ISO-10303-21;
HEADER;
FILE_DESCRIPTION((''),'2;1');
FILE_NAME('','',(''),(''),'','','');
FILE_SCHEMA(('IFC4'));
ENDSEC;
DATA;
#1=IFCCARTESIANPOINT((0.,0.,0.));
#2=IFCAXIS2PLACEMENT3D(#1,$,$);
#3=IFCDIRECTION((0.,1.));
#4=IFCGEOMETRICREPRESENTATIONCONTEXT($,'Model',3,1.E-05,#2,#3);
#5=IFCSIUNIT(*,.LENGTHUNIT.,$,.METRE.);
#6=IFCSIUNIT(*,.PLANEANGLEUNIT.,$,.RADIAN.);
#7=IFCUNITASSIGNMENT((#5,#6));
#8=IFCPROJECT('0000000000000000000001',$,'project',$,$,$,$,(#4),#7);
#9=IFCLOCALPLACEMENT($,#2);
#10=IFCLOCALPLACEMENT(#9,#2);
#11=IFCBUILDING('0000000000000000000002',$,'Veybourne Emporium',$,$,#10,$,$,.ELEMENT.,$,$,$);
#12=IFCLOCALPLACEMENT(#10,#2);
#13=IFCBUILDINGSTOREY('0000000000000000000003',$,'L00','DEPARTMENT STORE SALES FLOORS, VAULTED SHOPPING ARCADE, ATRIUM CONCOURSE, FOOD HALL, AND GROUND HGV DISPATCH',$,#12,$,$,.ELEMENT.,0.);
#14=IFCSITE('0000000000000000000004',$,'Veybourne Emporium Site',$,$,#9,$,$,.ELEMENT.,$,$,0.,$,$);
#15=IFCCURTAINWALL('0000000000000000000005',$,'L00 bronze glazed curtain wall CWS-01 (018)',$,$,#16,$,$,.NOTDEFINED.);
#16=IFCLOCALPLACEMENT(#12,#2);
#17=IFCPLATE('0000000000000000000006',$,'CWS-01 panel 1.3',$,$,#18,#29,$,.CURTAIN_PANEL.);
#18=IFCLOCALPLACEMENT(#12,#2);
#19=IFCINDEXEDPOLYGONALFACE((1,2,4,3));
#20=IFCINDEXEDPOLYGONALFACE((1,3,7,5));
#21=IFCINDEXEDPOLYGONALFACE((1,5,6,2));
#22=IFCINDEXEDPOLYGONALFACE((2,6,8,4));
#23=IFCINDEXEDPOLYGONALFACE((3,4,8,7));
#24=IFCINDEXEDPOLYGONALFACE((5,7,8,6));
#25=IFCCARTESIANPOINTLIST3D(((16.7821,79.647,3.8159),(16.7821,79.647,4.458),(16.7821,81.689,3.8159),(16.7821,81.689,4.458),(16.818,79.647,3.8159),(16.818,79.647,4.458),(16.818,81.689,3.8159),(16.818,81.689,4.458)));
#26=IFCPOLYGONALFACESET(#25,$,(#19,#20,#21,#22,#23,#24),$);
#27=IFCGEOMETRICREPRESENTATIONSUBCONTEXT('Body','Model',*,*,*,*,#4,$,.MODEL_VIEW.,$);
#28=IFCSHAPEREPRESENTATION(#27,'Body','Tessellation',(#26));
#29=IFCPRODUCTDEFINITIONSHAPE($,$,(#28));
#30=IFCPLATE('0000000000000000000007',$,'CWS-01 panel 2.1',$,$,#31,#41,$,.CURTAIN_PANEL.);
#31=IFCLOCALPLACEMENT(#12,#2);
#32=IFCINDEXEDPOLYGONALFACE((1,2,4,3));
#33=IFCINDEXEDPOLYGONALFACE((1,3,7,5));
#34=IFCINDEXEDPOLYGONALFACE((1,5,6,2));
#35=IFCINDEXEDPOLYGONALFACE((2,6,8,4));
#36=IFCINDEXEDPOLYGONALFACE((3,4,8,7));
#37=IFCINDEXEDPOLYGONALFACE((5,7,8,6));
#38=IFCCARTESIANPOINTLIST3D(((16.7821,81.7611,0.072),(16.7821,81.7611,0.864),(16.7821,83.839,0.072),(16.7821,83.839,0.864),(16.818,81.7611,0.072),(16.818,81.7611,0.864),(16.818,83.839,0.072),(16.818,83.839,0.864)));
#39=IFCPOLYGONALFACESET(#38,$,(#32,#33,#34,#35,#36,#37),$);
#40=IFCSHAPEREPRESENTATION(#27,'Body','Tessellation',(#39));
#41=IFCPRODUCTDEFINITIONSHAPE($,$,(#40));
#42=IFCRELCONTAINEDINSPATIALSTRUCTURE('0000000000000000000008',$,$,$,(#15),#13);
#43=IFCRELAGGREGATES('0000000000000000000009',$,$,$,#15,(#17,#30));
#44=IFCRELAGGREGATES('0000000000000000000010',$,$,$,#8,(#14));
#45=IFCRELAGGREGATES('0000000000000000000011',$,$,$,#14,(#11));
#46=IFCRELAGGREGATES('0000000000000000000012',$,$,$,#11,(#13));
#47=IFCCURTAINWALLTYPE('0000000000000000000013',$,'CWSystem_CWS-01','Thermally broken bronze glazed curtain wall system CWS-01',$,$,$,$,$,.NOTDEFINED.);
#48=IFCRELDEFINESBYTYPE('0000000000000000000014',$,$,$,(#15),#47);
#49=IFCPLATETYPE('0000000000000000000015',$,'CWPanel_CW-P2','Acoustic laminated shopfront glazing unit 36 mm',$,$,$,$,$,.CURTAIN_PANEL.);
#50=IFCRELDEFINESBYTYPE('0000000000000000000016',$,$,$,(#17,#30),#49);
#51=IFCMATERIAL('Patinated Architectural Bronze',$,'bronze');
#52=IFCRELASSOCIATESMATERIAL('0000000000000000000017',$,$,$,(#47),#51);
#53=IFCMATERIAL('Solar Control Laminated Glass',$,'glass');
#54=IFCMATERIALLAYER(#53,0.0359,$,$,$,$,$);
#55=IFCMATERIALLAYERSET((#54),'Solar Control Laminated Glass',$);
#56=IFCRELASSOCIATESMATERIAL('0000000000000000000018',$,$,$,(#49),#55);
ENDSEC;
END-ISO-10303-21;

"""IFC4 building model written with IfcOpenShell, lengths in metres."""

from ifc_helpers import new_model, si_unit, direction, frame, origin, origin_2d, place, context, subcontext, project, spatial, rectangle, extrude, material, layer, layer_set, type_object, element, aggregate, save


model = new_model("IFC4")

# Units and contexts
model_context = context("Model", 3, precision=1e-05, world=origin(), true_north=direction((0.0, 1.0)))
body_context = subcontext(model_context, "Body", "Model", "MODEL_VIEW")
ifc_project = project(units=[si_unit("LENGTHUNIT", "METRE"), si_unit("PLANEANGLEUNIT", "RADIAN")], contexts=[model_context])

# Site, building, storey
site_placement = place(None, origin())
site = spatial("IfcSite", under=ifc_project, at=site_placement, Name="Veybourne Emporium Site", CompositionType="ELEMENT", RefElevation=0.0)
building_placement = place(site_placement, origin())
building = spatial("IfcBuilding", under=site, at=building_placement, Name="Veybourne Emporium", CompositionType="ELEMENT")
storey_placement = place(building_placement, origin())
storey = spatial("IfcBuildingStorey", under=building, at=storey_placement, Name="L00", Description="DEPARTMENT STORE SALES FLOORS, VAULTED SHOPPING ARCADE, ATRIUM CONCOURSE, FOOD HALL, AND GROUND HGV DISPATCH", CompositionType="ELEMENT", Elevation=0.0)

# Curtain wall
ifc_material_1 = material(Name="Patinated Architectural Bronze", Category="bronze")
curtain_wall_type = type_object("IfcCurtainWallType", Name="CWSystem_CWS-01", Description="Thermally broken bronze glazed curtain wall system CWS-01", PredefinedType="NOTDEFINED", material=ifc_material_1)
curtain_wall_placement = place(storey_placement, origin())
curtain_wall = element("IfcCurtainWall", 1, at=curtain_wall_placement, inside=storey, type_object=curtain_wall_type, Name="L00 bronze glazed curtain wall CWS-01 (018)", PredefinedType="NOTDEFINED")

# Plates
ifc_material_2 = material(Name="Solar Control Laminated Glass", Category="glass")
ifc_layer = layer(ifc_material_2, 0.0359)
ifc_layer_set = layer_set([ifc_layer], Name="Solar Control Laminated Glass")
plate_type = type_object("IfcPlateType", Name="CWPanel_CW-P2", Description="Acoustic laminated shopfront glazing unit 36 mm", PredefinedType="CURTAIN_PANEL", material=ifc_layer_set)
plate_1_placement = place(storey_placement, frame((16.8, 80.668, 3.8159), z_axis=(0.0, 0.0, 1.0), x_axis=(0.0, 1.0, 0.0)))
plate_1 = element("IfcPlate", 2, at=plate_1_placement, type_object=plate_type, Name="CWS-01 panel 1.3", PredefinedType="CURTAIN_PANEL", context=body_context, shape_type="SweptSolid", body=[
    extrude(rectangle(XDim=2.042, YDim=0.0359, at=origin_2d()), origin(), (0.0, 0.0, 1.0), 0.6421),
])
plate_2_placement = place(storey_placement, frame((16.8, 82.8, 0.072), z_axis=(0.0, 0.0, 1.0), x_axis=(0.0, 1.0, 0.0)))
plate_2 = element("IfcPlate", 3, at=plate_2_placement, type_object=plate_type, Name="CWS-01 panel 2.1", PredefinedType="CURTAIN_PANEL", context=body_context, shape_type="SweptSolid", body=[
    extrude(rectangle(XDim=2.0779, YDim=0.0359, at=origin_2d()), origin(), (0.0, 0.0, 1.0), 0.792),
])
aggregate(curtain_wall, [plate_1, plate_2])

save(model, "model.ifc")
